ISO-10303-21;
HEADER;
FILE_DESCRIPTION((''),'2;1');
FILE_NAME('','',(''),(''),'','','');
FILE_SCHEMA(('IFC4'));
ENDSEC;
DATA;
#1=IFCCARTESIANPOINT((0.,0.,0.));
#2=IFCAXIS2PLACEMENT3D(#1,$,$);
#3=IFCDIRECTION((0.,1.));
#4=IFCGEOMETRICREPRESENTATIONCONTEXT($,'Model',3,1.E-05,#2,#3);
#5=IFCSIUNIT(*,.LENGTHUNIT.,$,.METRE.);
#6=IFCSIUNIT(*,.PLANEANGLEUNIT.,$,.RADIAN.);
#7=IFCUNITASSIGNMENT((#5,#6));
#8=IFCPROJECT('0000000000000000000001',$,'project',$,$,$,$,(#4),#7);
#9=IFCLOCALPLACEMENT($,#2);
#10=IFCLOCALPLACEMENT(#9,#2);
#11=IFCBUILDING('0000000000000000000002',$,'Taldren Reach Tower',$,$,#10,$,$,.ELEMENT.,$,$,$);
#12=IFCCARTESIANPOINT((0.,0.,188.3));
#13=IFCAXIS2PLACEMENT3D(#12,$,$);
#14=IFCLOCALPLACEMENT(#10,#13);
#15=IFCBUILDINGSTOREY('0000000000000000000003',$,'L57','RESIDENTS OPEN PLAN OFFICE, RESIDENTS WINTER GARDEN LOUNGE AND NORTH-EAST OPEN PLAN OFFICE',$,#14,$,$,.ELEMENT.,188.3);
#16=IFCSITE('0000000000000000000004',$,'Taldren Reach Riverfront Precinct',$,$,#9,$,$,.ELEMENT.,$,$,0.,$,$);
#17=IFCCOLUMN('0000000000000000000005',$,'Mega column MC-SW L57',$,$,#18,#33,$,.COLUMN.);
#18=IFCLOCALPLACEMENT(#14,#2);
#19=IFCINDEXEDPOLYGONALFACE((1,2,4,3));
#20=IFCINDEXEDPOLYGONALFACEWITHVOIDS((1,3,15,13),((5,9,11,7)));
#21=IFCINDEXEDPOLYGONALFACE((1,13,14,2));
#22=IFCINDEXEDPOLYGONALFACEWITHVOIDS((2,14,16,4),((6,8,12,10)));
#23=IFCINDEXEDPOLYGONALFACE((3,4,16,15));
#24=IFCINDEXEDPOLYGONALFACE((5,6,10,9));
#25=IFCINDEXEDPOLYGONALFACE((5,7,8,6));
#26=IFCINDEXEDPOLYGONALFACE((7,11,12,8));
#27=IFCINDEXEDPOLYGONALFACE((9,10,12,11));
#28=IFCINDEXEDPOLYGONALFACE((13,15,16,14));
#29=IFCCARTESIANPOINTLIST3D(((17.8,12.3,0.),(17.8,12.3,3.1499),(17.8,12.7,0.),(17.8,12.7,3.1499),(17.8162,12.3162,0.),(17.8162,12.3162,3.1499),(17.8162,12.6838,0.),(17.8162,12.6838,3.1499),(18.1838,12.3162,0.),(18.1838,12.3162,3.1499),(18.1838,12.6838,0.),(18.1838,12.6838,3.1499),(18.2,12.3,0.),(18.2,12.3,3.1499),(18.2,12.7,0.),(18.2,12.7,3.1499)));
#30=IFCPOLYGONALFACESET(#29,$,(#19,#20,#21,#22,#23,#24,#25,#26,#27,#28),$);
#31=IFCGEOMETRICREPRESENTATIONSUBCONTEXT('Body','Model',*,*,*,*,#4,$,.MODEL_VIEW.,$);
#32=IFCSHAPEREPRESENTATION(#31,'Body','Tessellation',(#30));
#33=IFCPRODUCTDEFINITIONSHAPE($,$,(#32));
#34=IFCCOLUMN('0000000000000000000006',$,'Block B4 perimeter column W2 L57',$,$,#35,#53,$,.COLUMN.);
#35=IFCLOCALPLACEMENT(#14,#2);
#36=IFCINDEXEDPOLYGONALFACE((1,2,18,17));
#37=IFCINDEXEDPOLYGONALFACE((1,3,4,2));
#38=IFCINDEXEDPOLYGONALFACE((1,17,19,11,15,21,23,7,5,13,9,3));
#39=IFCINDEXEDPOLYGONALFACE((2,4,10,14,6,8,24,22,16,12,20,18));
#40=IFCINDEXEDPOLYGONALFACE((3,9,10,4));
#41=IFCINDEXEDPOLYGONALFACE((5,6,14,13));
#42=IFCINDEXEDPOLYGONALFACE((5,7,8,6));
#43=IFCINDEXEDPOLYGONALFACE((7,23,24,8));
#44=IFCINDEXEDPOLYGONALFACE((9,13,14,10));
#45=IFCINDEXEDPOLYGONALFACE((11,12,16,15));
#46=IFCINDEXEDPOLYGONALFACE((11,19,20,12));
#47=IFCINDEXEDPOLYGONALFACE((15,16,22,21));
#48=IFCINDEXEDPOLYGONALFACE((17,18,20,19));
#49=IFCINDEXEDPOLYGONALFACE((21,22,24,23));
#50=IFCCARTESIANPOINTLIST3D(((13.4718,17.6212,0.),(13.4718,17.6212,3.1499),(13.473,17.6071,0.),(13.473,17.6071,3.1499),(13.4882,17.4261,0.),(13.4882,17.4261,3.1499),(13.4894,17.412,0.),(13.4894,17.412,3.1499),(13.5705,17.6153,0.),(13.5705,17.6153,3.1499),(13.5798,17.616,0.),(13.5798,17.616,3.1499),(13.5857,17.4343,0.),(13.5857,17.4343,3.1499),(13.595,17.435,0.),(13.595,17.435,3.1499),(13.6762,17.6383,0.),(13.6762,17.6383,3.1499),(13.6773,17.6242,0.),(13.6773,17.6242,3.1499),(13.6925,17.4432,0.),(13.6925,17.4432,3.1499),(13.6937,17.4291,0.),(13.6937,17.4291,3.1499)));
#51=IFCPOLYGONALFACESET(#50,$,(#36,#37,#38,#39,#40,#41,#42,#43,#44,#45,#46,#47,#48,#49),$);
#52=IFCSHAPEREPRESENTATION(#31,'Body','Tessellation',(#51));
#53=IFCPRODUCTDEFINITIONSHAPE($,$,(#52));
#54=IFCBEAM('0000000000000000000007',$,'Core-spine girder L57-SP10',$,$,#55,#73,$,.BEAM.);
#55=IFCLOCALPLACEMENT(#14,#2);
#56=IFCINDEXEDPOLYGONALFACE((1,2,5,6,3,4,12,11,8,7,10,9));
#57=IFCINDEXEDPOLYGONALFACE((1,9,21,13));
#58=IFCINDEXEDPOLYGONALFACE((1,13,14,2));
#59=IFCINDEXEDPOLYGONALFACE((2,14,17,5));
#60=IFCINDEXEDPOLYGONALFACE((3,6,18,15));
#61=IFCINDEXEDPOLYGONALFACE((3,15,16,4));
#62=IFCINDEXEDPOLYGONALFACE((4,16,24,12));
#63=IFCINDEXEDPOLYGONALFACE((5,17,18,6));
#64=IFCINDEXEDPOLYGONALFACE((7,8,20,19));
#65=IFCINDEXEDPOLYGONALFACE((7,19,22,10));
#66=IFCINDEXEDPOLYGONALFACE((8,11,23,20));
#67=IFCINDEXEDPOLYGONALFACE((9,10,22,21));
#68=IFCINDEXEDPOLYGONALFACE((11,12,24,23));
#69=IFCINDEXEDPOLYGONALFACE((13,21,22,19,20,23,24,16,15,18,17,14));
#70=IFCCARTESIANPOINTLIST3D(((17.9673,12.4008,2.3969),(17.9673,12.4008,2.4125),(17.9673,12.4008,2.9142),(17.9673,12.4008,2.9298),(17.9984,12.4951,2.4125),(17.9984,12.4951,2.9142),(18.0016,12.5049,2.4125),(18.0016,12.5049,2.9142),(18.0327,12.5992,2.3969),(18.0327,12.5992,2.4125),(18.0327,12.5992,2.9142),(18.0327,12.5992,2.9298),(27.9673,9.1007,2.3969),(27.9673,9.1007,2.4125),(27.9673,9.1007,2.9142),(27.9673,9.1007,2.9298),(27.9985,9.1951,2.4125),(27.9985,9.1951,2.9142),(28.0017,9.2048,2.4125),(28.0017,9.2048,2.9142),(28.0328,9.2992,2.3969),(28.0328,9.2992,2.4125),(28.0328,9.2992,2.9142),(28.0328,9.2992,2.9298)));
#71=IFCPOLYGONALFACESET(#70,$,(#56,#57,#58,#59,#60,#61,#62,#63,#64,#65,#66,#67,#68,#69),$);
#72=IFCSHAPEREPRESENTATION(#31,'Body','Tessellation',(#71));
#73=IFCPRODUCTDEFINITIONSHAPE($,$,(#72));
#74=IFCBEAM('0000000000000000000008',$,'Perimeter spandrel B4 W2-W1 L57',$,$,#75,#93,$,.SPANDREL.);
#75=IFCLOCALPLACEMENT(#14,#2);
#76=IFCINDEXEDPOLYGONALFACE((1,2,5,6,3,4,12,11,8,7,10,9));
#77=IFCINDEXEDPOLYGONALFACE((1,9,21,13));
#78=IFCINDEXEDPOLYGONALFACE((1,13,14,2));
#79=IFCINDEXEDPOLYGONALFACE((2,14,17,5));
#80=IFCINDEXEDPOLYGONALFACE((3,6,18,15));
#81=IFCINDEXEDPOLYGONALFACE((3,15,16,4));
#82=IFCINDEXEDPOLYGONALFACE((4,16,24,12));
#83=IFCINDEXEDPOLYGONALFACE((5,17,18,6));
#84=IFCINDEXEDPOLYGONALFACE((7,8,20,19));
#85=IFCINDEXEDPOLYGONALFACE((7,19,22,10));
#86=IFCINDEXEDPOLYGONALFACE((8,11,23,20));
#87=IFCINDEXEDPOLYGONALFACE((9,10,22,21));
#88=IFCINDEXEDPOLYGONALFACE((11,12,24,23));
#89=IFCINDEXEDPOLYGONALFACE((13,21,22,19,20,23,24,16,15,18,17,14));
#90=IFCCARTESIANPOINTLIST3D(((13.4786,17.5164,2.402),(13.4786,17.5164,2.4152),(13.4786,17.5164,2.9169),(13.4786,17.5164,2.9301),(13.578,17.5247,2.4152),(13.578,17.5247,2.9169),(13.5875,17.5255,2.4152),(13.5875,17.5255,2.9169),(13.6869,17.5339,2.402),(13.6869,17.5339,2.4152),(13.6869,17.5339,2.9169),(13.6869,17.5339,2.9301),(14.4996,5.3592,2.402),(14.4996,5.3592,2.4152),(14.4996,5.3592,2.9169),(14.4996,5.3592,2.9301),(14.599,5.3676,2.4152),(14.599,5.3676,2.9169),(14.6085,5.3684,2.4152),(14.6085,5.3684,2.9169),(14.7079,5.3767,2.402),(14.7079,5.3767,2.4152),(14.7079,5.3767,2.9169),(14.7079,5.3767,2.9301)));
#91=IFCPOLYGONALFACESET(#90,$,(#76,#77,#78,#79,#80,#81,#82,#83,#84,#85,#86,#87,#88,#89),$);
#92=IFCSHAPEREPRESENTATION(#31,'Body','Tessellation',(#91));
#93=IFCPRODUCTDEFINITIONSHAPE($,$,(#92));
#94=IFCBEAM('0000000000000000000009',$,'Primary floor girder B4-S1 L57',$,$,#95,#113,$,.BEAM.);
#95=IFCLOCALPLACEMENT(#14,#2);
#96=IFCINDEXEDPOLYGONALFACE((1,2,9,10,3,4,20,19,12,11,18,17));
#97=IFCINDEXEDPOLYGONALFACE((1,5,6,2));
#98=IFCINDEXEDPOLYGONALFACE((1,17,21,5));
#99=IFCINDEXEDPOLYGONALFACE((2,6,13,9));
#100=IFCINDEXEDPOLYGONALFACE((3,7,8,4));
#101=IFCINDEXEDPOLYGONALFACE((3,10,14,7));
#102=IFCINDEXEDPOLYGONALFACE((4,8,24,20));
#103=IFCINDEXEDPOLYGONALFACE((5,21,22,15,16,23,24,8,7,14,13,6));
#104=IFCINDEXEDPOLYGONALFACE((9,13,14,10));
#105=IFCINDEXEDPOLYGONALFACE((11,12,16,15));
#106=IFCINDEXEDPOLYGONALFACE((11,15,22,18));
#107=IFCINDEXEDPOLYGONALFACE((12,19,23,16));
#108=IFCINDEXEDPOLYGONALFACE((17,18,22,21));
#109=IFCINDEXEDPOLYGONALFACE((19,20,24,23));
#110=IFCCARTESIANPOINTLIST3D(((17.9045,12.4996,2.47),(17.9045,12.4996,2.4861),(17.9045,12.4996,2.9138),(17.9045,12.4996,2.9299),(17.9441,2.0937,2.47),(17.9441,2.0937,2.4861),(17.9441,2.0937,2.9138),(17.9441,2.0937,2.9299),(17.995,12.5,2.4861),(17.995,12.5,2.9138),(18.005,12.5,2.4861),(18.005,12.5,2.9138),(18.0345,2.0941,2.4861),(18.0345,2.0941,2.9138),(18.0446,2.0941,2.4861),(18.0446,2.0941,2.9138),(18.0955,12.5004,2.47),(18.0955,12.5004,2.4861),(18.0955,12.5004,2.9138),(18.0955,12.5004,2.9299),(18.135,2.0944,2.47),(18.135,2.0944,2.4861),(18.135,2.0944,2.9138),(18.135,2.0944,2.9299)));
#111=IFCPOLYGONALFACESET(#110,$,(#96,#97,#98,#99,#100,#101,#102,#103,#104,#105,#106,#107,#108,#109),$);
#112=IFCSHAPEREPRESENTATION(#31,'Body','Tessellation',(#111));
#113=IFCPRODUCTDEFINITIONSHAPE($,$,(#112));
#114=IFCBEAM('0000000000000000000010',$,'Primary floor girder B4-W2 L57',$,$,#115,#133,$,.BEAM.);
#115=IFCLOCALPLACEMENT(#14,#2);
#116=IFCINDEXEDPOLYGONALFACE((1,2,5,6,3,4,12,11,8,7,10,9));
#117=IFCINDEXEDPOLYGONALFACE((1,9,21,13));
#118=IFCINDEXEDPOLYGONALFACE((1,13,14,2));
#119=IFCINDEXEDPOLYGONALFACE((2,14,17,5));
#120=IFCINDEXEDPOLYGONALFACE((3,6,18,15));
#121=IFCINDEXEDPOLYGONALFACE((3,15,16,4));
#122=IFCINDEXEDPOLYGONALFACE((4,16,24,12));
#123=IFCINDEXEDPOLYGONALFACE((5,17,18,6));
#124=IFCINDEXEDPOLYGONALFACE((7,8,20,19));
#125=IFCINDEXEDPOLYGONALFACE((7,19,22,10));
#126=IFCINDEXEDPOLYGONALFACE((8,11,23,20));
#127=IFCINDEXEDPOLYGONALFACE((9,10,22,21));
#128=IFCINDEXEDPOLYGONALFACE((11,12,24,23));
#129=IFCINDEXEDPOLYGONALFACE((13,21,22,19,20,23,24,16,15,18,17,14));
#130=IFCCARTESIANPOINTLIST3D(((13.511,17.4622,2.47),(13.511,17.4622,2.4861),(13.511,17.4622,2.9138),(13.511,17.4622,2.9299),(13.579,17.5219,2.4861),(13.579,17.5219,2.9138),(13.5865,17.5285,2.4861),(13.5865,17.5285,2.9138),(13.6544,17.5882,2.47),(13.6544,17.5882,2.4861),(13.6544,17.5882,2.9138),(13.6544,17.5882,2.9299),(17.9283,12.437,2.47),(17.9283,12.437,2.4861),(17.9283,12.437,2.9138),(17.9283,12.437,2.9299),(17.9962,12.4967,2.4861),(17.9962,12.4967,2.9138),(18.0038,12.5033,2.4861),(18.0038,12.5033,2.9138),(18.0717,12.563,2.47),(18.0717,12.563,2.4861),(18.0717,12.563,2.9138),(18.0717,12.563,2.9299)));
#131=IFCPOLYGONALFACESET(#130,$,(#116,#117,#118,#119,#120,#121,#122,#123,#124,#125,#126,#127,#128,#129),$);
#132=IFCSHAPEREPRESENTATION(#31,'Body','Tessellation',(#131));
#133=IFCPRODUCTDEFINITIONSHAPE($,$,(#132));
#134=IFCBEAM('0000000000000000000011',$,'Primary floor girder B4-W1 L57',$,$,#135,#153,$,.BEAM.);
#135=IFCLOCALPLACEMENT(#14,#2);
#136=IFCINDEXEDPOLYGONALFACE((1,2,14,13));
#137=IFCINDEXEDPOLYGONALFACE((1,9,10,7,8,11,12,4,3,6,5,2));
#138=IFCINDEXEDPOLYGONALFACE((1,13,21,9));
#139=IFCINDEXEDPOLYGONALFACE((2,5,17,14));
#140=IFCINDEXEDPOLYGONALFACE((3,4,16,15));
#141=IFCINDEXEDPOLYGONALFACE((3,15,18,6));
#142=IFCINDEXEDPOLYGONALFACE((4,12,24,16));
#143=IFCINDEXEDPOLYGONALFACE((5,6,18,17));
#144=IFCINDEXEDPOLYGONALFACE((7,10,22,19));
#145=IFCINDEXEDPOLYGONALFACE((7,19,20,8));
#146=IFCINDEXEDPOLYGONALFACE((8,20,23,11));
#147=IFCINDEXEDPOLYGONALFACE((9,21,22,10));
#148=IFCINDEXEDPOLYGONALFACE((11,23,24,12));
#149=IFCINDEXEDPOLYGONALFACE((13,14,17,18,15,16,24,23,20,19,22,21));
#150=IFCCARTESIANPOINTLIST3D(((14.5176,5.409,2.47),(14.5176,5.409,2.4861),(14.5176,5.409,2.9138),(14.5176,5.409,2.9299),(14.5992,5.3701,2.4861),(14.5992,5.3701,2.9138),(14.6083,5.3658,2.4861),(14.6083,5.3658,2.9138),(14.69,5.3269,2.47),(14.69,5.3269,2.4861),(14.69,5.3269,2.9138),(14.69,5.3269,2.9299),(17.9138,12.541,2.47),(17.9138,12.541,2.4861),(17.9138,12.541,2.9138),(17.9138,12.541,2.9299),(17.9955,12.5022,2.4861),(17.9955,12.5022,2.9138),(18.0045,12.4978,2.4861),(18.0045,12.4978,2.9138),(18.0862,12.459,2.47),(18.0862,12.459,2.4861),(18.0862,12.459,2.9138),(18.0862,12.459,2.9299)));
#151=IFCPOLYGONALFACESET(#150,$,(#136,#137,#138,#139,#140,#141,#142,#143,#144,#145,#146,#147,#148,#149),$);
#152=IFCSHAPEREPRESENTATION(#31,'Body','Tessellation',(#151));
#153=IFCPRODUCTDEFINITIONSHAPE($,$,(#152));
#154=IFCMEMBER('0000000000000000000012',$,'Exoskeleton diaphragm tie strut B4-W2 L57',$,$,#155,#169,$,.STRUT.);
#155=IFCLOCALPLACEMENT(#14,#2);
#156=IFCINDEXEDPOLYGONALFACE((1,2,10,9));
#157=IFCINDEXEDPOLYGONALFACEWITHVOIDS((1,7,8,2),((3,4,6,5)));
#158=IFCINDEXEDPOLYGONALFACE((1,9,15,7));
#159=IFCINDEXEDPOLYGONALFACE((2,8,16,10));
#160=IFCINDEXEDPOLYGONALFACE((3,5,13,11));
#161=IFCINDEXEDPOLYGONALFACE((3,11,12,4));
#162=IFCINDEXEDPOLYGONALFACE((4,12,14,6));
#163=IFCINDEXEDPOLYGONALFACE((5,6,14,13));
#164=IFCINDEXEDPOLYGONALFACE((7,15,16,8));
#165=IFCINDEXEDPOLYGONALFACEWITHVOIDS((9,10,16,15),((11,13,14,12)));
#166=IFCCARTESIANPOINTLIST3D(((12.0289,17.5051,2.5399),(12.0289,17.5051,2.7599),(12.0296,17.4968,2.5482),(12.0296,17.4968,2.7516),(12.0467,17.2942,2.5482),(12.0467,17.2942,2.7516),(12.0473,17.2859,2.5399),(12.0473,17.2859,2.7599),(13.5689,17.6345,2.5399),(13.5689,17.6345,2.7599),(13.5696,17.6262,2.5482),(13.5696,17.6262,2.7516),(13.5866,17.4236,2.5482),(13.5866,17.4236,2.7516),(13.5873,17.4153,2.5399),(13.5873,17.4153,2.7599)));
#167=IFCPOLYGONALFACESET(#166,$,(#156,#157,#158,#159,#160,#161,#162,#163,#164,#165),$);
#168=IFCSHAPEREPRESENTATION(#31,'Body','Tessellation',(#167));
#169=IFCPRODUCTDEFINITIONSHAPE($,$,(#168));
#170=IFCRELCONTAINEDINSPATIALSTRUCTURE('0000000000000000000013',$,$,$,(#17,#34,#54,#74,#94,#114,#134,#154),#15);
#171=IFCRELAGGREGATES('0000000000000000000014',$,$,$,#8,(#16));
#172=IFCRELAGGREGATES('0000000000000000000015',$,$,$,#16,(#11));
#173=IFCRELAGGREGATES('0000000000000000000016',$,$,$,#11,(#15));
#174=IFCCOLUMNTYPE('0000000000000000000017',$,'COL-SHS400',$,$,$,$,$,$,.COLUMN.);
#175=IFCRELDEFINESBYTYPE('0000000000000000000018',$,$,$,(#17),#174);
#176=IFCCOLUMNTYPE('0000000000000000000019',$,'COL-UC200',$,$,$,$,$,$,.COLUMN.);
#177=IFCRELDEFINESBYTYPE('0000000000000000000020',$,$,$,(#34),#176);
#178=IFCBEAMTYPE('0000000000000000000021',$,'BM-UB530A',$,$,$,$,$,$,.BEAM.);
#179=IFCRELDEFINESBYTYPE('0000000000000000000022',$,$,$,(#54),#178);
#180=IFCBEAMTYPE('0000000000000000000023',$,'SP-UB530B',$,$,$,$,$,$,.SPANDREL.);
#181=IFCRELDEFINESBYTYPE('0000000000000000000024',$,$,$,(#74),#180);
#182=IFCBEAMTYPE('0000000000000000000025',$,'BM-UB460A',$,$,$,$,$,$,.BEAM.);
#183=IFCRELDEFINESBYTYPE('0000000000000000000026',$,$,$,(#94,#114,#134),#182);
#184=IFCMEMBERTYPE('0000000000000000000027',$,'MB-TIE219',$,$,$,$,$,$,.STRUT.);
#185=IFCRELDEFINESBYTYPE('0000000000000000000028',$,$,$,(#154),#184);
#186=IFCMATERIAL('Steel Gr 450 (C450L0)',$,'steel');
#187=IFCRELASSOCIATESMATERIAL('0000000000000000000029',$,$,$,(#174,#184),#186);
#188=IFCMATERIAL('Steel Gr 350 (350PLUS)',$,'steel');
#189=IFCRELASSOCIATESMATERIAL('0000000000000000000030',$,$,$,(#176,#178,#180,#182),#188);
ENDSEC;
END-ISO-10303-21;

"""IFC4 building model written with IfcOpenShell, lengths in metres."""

from ifc_helpers import new_model, si_unit, direction, frame, origin, origin_2d, place, context, subcontext, project, spatial, hollow_rectangle, i_section, extrude, source, transform, mapped, material, material_profile, profile_set, type_object, element, save


model = new_model("IFC4")

# Units and contexts
model_context = context("Model", 3, precision=1e-05, world=origin(), true_north=direction((0.0, 1.0)))
body_context = subcontext(model_context, "Body", "Model", "MODEL_VIEW")
ifc_project = project(units=[si_unit("LENGTHUNIT", "METRE"), si_unit("PLANEANGLEUNIT", "RADIAN")], contexts=[model_context])

# Site, building, storey
site_placement = place(None, origin())
site = spatial("IfcSite", under=ifc_project, at=site_placement, Name="Taldren Reach Riverfront Precinct", CompositionType="ELEMENT", RefElevation=0.0)
building_placement = place(site_placement, origin())
building = spatial("IfcBuilding", under=site, at=building_placement, Name="Taldren Reach Tower", CompositionType="ELEMENT")
storey_placement = place(building_placement, frame((0.0, 0.0, 188.3)))
storey = spatial("IfcBuildingStorey", under=building, at=storey_placement, Name="L57", Description="RESIDENTS OPEN PLAN OFFICE, RESIDENTS WINTER GARDEN LOUNGE AND NORTH-EAST OPEN PLAN OFFICE", CompositionType="ELEMENT", Elevation=188.3)

# Columns
ifc_material_1 = material(Name="Steel Gr 450 (C450L0)", Category="steel")
ifc_material_profile_1 = material_profile(ifc_material_1, hollow_rectangle(XDim=0.3999, YDim=0.3999, WallThickness=0.0161, at=origin_2d()), Name="400x400x16.0SHS")
ifc_profile_set_1 = profile_set([ifc_material_profile_1], Name="Steel Gr 450 (C450L0)")
column_type_1 = type_object("IfcColumnType", Name="COL-SHS400", PredefinedType="COLUMN", material=ifc_profile_set_1)
shared_shape_1 = source(origin(), body_context, "Body", "SweptSolid", [
    extrude(hollow_rectangle(XDim=0.3999, YDim=0.3999, WallThickness=0.0161, at=origin_2d()), origin(), (0.0, 0.0, 1.0), 3.1499),
])
column_1_placement = place(storey_placement, frame((18.0, 12.5, 0.0), z_axis=(0.0, 0.0, 1.0), x_axis=(1.0, 0.0, 0.0)))
element("IfcColumn", 1, at=column_1_placement, inside=storey, type_object=column_type_1, Name="Mega column MC-SW L57", PredefinedType="COLUMN", context=body_context, shape_type="MappedRepresentation", body=[
    mapped(shared_shape_1, transform((0.0, 0.0, 0.0), scale=1.0)),
])
ifc_material_2 = material(Name="Steel Gr 350 (350PLUS)", Category="steel")
ifc_material_profile_2 = material_profile(ifc_material_2, i_section(OverallWidth=0.2051, OverallDepth=0.21, WebThickness=0.0093, FlangeThickness=0.0142, at=origin_2d()), Name="200UC59.5")
ifc_profile_set_2 = profile_set([ifc_material_profile_2], Name="Steel Gr 350 (350PLUS)")
column_type_2 = type_object("IfcColumnType", Name="COL-UC200", PredefinedType="COLUMN", material=ifc_profile_set_2)
shared_shape_2 = source(origin(), body_context, "Body", "SweptSolid", [
    extrude(i_section(OverallWidth=0.2051, OverallDepth=0.21, WebThickness=0.0093, FlangeThickness=0.0142, at=origin_2d()), origin(), (0.0, 0.0, 1.0), 3.1499),
])
column_2_placement = place(storey_placement, frame((13.5828, 17.5251, 0.0), z_axis=(0.0, 0.0, 1.0), x_axis=(0.996493, 0.083678, 0.0)))
element("IfcColumn", 2, at=column_2_placement, inside=storey, type_object=column_type_2, Name="Block B4 perimeter column W2 L57", PredefinedType="COLUMN", context=body_context, shape_type="MappedRepresentation", body=[
    mapped(shared_shape_2, transform((0.0, 0.0, 0.0), scale=1.0)),
])

# Beams
ifc_material_profile_3 = material_profile(ifc_material_2, i_section(OverallWidth=0.209, OverallDepth=0.533, WebThickness=0.0103, FlangeThickness=0.0156, at=origin_2d()), Name="530UB92.4")
ifc_profile_set_3 = profile_set([ifc_material_profile_3], Name="Steel Gr 350 (350PLUS)")
beam_type_1 = type_object("IfcBeamType", Name="BM-UB530A", PredefinedType="BEAM", material=ifc_profile_set_3)
shared_shape_3 = source(origin(), body_context, "Body", "SweptSolid", [
    extrude(i_section(OverallWidth=0.209, OverallDepth=0.533, WebThickness=0.0103, FlangeThickness=0.0156, at=origin_2d()), origin(), (0.0, 0.0, 1.0), 10.5305),
])
beam_1_placement = place(storey_placement, frame((18.0, 12.5, 2.6633), z_axis=(0.949627, -0.313382, 0.0), x_axis=(0.313382, 0.949627, 0.0)))
element("IfcBeam", 3, at=beam_1_placement, inside=storey, type_object=beam_type_1, Name="Core-spine girder L57-SP10", PredefinedType="BEAM", context=body_context, shape_type="MappedRepresentation", body=[
    mapped(shared_shape_3, transform((0.0, 0.0, 0.0), scale=1.0)),
])
ifc_material_profile_4 = material_profile(ifc_material_2, i_section(OverallWidth=0.209, OverallDepth=0.5281, WebThickness=0.0095, FlangeThickness=0.0132, at=origin_2d()), Name="530UB82.0")
ifc_profile_set_4 = profile_set([ifc_material_profile_4], Name="Steel Gr 350 (350PLUS)")
beam_type_2 = type_object("IfcBeamType", Name="SP-UB530B", PredefinedType="SPANDREL", material=ifc_profile_set_4)
shared_shape_4 = source(origin(), body_context, "Body", "SweptSolid", [
    extrude(i_section(OverallWidth=0.209, OverallDepth=0.5281, WebThickness=0.0095, FlangeThickness=0.0132, at=origin_2d()), origin(), (0.0, 0.0, 1.0), 12.2),
])
beam_2_placement = place(storey_placement, frame((13.5828, 17.5251, 2.666), z_axis=(0.083688, -0.996492, 0.0), x_axis=(0.996492, 0.083688, 0.0)))
element("IfcBeam", 4, at=beam_2_placement, inside=storey, type_object=beam_type_2, Name="Perimeter spandrel B4 W2-W1 L57", PredefinedType="SPANDREL", context=body_context, shape_type="MappedRepresentation", body=[
    mapped(shared_shape_4, transform((0.0, 0.0, 0.0), scale=1.0)),
])
ifc_material_profile_5 = material_profile(ifc_material_2, i_section(OverallWidth=0.1909, OverallDepth=0.46, WebThickness=0.01, FlangeThickness=0.0161, at=origin_2d()), Name="460UB82.1")
ifc_profile_set_5 = profile_set([ifc_material_profile_5], Name="Steel Gr 350 (350PLUS)")
beam_type_3 = type_object("IfcBeamType", Name="BM-UB460A", PredefinedType="BEAM", material=ifc_profile_set_5)
shared_shape_5 = source(origin(), body_context, "Body", "SweptSolid", [
    extrude(i_section(OverallWidth=0.1909, OverallDepth=0.46, WebThickness=0.01, FlangeThickness=0.0161, at=origin_2d()), origin(), (0.0, 0.0, 1.0), 10.406),
])
beam_3_placement = place(storey_placement, frame((18.0, 12.5, 2.7), z_axis=(0.003801, -0.999993, 0.0), x_axis=(0.999993, 0.003801, 0.0)))
element("IfcBeam", 5, at=beam_3_placement, inside=storey, type_object=beam_type_3, Name="Primary floor girder B4-S1 L57", PredefinedType="BEAM", context=body_context, shape_type="MappedRepresentation", body=[
    mapped(shared_shape_5, transform((0.0, 0.0, 0.0), scale=1.0)),
])
shared_shape_6 = source(origin(), body_context, "Body", "SweptSolid", [
    extrude(i_section(OverallWidth=0.1909, OverallDepth=0.46, WebThickness=0.01, FlangeThickness=0.0161, at=origin_2d()), origin(), (0.0, 0.0, 1.0), 6.6907),
])
beam_4_placement = place(storey_placement, frame((18.0, 12.5, 2.7), z_axis=(-0.660216, 0.751076, 0.0), x_axis=(-0.751076, -0.660216, 0.0)))
element("IfcBeam", 6, at=beam_4_placement, inside=storey, type_object=beam_type_3, Name="Primary floor girder B4-W2 L57", PredefinedType="BEAM", context=body_context, shape_type="MappedRepresentation", body=[
    mapped(shared_shape_6, transform((0.0, 0.0, 0.0), scale=1.0)),
])
shared_shape_7 = source(origin(), body_context, "Body", "SweptSolid", [
    extrude(i_section(OverallWidth=0.1909, OverallDepth=0.46, WebThickness=0.01, FlangeThickness=0.0161, at=origin_2d()), origin(), (0.0, 0.0, 1.0), 7.8994),
])
beam_5_placement = place(storey_placement, frame((18.0, 12.5, 2.7), z_axis=(-0.429935, -0.90286, 0.0), x_axis=(0.90286, -0.429935, 0.0)))
element("IfcBeam", 7, at=beam_5_placement, inside=storey, type_object=beam_type_3, Name="Primary floor girder B4-W1 L57", PredefinedType="BEAM", context=body_context, shape_type="MappedRepresentation", body=[
    mapped(shared_shape_7, transform((0.0, 0.0, 0.0), scale=1.0)),
])

# Member
ifc_material_profile_6 = material_profile(ifc_material_1, hollow_rectangle(XDim=0.22, YDim=0.22, WallThickness=0.0083, at=origin_2d()), Name="220x220x8.2SHS")
ifc_profile_set_6 = profile_set([ifc_material_profile_6], Name="Steel Gr 450 (C450L0)")
member_type_1 = type_object("IfcMemberType", Name="MB-TIE219", PredefinedType="STRUT", material=ifc_profile_set_6)
shared_shape_8 = source(origin(), body_context, "Body", "SweptSolid", [
    extrude(hollow_rectangle(XDim=0.22, YDim=0.22, WallThickness=0.0083, at=origin_2d()), origin(), (0.0, 0.0, 1.0), 1.5454),
])
member_1_placement = place(storey_placement, frame((13.5781, 17.5249, 2.6499), z_axis=(-0.996489, -0.083725, 0.0), x_axis=(0.083725, -0.996489, 0.0)))
element("IfcMember", 8, at=member_1_placement, inside=storey, type_object=member_type_1, Name="Exoskeleton diaphragm tie strut B4-W2 L57", PredefinedType="STRUT", context=body_context, shape_type="MappedRepresentation", body=[
    mapped(shared_shape_8, transform((0.0, 0.0, 0.0), scale=1.0)),
])

save(model, "model.ifc")
